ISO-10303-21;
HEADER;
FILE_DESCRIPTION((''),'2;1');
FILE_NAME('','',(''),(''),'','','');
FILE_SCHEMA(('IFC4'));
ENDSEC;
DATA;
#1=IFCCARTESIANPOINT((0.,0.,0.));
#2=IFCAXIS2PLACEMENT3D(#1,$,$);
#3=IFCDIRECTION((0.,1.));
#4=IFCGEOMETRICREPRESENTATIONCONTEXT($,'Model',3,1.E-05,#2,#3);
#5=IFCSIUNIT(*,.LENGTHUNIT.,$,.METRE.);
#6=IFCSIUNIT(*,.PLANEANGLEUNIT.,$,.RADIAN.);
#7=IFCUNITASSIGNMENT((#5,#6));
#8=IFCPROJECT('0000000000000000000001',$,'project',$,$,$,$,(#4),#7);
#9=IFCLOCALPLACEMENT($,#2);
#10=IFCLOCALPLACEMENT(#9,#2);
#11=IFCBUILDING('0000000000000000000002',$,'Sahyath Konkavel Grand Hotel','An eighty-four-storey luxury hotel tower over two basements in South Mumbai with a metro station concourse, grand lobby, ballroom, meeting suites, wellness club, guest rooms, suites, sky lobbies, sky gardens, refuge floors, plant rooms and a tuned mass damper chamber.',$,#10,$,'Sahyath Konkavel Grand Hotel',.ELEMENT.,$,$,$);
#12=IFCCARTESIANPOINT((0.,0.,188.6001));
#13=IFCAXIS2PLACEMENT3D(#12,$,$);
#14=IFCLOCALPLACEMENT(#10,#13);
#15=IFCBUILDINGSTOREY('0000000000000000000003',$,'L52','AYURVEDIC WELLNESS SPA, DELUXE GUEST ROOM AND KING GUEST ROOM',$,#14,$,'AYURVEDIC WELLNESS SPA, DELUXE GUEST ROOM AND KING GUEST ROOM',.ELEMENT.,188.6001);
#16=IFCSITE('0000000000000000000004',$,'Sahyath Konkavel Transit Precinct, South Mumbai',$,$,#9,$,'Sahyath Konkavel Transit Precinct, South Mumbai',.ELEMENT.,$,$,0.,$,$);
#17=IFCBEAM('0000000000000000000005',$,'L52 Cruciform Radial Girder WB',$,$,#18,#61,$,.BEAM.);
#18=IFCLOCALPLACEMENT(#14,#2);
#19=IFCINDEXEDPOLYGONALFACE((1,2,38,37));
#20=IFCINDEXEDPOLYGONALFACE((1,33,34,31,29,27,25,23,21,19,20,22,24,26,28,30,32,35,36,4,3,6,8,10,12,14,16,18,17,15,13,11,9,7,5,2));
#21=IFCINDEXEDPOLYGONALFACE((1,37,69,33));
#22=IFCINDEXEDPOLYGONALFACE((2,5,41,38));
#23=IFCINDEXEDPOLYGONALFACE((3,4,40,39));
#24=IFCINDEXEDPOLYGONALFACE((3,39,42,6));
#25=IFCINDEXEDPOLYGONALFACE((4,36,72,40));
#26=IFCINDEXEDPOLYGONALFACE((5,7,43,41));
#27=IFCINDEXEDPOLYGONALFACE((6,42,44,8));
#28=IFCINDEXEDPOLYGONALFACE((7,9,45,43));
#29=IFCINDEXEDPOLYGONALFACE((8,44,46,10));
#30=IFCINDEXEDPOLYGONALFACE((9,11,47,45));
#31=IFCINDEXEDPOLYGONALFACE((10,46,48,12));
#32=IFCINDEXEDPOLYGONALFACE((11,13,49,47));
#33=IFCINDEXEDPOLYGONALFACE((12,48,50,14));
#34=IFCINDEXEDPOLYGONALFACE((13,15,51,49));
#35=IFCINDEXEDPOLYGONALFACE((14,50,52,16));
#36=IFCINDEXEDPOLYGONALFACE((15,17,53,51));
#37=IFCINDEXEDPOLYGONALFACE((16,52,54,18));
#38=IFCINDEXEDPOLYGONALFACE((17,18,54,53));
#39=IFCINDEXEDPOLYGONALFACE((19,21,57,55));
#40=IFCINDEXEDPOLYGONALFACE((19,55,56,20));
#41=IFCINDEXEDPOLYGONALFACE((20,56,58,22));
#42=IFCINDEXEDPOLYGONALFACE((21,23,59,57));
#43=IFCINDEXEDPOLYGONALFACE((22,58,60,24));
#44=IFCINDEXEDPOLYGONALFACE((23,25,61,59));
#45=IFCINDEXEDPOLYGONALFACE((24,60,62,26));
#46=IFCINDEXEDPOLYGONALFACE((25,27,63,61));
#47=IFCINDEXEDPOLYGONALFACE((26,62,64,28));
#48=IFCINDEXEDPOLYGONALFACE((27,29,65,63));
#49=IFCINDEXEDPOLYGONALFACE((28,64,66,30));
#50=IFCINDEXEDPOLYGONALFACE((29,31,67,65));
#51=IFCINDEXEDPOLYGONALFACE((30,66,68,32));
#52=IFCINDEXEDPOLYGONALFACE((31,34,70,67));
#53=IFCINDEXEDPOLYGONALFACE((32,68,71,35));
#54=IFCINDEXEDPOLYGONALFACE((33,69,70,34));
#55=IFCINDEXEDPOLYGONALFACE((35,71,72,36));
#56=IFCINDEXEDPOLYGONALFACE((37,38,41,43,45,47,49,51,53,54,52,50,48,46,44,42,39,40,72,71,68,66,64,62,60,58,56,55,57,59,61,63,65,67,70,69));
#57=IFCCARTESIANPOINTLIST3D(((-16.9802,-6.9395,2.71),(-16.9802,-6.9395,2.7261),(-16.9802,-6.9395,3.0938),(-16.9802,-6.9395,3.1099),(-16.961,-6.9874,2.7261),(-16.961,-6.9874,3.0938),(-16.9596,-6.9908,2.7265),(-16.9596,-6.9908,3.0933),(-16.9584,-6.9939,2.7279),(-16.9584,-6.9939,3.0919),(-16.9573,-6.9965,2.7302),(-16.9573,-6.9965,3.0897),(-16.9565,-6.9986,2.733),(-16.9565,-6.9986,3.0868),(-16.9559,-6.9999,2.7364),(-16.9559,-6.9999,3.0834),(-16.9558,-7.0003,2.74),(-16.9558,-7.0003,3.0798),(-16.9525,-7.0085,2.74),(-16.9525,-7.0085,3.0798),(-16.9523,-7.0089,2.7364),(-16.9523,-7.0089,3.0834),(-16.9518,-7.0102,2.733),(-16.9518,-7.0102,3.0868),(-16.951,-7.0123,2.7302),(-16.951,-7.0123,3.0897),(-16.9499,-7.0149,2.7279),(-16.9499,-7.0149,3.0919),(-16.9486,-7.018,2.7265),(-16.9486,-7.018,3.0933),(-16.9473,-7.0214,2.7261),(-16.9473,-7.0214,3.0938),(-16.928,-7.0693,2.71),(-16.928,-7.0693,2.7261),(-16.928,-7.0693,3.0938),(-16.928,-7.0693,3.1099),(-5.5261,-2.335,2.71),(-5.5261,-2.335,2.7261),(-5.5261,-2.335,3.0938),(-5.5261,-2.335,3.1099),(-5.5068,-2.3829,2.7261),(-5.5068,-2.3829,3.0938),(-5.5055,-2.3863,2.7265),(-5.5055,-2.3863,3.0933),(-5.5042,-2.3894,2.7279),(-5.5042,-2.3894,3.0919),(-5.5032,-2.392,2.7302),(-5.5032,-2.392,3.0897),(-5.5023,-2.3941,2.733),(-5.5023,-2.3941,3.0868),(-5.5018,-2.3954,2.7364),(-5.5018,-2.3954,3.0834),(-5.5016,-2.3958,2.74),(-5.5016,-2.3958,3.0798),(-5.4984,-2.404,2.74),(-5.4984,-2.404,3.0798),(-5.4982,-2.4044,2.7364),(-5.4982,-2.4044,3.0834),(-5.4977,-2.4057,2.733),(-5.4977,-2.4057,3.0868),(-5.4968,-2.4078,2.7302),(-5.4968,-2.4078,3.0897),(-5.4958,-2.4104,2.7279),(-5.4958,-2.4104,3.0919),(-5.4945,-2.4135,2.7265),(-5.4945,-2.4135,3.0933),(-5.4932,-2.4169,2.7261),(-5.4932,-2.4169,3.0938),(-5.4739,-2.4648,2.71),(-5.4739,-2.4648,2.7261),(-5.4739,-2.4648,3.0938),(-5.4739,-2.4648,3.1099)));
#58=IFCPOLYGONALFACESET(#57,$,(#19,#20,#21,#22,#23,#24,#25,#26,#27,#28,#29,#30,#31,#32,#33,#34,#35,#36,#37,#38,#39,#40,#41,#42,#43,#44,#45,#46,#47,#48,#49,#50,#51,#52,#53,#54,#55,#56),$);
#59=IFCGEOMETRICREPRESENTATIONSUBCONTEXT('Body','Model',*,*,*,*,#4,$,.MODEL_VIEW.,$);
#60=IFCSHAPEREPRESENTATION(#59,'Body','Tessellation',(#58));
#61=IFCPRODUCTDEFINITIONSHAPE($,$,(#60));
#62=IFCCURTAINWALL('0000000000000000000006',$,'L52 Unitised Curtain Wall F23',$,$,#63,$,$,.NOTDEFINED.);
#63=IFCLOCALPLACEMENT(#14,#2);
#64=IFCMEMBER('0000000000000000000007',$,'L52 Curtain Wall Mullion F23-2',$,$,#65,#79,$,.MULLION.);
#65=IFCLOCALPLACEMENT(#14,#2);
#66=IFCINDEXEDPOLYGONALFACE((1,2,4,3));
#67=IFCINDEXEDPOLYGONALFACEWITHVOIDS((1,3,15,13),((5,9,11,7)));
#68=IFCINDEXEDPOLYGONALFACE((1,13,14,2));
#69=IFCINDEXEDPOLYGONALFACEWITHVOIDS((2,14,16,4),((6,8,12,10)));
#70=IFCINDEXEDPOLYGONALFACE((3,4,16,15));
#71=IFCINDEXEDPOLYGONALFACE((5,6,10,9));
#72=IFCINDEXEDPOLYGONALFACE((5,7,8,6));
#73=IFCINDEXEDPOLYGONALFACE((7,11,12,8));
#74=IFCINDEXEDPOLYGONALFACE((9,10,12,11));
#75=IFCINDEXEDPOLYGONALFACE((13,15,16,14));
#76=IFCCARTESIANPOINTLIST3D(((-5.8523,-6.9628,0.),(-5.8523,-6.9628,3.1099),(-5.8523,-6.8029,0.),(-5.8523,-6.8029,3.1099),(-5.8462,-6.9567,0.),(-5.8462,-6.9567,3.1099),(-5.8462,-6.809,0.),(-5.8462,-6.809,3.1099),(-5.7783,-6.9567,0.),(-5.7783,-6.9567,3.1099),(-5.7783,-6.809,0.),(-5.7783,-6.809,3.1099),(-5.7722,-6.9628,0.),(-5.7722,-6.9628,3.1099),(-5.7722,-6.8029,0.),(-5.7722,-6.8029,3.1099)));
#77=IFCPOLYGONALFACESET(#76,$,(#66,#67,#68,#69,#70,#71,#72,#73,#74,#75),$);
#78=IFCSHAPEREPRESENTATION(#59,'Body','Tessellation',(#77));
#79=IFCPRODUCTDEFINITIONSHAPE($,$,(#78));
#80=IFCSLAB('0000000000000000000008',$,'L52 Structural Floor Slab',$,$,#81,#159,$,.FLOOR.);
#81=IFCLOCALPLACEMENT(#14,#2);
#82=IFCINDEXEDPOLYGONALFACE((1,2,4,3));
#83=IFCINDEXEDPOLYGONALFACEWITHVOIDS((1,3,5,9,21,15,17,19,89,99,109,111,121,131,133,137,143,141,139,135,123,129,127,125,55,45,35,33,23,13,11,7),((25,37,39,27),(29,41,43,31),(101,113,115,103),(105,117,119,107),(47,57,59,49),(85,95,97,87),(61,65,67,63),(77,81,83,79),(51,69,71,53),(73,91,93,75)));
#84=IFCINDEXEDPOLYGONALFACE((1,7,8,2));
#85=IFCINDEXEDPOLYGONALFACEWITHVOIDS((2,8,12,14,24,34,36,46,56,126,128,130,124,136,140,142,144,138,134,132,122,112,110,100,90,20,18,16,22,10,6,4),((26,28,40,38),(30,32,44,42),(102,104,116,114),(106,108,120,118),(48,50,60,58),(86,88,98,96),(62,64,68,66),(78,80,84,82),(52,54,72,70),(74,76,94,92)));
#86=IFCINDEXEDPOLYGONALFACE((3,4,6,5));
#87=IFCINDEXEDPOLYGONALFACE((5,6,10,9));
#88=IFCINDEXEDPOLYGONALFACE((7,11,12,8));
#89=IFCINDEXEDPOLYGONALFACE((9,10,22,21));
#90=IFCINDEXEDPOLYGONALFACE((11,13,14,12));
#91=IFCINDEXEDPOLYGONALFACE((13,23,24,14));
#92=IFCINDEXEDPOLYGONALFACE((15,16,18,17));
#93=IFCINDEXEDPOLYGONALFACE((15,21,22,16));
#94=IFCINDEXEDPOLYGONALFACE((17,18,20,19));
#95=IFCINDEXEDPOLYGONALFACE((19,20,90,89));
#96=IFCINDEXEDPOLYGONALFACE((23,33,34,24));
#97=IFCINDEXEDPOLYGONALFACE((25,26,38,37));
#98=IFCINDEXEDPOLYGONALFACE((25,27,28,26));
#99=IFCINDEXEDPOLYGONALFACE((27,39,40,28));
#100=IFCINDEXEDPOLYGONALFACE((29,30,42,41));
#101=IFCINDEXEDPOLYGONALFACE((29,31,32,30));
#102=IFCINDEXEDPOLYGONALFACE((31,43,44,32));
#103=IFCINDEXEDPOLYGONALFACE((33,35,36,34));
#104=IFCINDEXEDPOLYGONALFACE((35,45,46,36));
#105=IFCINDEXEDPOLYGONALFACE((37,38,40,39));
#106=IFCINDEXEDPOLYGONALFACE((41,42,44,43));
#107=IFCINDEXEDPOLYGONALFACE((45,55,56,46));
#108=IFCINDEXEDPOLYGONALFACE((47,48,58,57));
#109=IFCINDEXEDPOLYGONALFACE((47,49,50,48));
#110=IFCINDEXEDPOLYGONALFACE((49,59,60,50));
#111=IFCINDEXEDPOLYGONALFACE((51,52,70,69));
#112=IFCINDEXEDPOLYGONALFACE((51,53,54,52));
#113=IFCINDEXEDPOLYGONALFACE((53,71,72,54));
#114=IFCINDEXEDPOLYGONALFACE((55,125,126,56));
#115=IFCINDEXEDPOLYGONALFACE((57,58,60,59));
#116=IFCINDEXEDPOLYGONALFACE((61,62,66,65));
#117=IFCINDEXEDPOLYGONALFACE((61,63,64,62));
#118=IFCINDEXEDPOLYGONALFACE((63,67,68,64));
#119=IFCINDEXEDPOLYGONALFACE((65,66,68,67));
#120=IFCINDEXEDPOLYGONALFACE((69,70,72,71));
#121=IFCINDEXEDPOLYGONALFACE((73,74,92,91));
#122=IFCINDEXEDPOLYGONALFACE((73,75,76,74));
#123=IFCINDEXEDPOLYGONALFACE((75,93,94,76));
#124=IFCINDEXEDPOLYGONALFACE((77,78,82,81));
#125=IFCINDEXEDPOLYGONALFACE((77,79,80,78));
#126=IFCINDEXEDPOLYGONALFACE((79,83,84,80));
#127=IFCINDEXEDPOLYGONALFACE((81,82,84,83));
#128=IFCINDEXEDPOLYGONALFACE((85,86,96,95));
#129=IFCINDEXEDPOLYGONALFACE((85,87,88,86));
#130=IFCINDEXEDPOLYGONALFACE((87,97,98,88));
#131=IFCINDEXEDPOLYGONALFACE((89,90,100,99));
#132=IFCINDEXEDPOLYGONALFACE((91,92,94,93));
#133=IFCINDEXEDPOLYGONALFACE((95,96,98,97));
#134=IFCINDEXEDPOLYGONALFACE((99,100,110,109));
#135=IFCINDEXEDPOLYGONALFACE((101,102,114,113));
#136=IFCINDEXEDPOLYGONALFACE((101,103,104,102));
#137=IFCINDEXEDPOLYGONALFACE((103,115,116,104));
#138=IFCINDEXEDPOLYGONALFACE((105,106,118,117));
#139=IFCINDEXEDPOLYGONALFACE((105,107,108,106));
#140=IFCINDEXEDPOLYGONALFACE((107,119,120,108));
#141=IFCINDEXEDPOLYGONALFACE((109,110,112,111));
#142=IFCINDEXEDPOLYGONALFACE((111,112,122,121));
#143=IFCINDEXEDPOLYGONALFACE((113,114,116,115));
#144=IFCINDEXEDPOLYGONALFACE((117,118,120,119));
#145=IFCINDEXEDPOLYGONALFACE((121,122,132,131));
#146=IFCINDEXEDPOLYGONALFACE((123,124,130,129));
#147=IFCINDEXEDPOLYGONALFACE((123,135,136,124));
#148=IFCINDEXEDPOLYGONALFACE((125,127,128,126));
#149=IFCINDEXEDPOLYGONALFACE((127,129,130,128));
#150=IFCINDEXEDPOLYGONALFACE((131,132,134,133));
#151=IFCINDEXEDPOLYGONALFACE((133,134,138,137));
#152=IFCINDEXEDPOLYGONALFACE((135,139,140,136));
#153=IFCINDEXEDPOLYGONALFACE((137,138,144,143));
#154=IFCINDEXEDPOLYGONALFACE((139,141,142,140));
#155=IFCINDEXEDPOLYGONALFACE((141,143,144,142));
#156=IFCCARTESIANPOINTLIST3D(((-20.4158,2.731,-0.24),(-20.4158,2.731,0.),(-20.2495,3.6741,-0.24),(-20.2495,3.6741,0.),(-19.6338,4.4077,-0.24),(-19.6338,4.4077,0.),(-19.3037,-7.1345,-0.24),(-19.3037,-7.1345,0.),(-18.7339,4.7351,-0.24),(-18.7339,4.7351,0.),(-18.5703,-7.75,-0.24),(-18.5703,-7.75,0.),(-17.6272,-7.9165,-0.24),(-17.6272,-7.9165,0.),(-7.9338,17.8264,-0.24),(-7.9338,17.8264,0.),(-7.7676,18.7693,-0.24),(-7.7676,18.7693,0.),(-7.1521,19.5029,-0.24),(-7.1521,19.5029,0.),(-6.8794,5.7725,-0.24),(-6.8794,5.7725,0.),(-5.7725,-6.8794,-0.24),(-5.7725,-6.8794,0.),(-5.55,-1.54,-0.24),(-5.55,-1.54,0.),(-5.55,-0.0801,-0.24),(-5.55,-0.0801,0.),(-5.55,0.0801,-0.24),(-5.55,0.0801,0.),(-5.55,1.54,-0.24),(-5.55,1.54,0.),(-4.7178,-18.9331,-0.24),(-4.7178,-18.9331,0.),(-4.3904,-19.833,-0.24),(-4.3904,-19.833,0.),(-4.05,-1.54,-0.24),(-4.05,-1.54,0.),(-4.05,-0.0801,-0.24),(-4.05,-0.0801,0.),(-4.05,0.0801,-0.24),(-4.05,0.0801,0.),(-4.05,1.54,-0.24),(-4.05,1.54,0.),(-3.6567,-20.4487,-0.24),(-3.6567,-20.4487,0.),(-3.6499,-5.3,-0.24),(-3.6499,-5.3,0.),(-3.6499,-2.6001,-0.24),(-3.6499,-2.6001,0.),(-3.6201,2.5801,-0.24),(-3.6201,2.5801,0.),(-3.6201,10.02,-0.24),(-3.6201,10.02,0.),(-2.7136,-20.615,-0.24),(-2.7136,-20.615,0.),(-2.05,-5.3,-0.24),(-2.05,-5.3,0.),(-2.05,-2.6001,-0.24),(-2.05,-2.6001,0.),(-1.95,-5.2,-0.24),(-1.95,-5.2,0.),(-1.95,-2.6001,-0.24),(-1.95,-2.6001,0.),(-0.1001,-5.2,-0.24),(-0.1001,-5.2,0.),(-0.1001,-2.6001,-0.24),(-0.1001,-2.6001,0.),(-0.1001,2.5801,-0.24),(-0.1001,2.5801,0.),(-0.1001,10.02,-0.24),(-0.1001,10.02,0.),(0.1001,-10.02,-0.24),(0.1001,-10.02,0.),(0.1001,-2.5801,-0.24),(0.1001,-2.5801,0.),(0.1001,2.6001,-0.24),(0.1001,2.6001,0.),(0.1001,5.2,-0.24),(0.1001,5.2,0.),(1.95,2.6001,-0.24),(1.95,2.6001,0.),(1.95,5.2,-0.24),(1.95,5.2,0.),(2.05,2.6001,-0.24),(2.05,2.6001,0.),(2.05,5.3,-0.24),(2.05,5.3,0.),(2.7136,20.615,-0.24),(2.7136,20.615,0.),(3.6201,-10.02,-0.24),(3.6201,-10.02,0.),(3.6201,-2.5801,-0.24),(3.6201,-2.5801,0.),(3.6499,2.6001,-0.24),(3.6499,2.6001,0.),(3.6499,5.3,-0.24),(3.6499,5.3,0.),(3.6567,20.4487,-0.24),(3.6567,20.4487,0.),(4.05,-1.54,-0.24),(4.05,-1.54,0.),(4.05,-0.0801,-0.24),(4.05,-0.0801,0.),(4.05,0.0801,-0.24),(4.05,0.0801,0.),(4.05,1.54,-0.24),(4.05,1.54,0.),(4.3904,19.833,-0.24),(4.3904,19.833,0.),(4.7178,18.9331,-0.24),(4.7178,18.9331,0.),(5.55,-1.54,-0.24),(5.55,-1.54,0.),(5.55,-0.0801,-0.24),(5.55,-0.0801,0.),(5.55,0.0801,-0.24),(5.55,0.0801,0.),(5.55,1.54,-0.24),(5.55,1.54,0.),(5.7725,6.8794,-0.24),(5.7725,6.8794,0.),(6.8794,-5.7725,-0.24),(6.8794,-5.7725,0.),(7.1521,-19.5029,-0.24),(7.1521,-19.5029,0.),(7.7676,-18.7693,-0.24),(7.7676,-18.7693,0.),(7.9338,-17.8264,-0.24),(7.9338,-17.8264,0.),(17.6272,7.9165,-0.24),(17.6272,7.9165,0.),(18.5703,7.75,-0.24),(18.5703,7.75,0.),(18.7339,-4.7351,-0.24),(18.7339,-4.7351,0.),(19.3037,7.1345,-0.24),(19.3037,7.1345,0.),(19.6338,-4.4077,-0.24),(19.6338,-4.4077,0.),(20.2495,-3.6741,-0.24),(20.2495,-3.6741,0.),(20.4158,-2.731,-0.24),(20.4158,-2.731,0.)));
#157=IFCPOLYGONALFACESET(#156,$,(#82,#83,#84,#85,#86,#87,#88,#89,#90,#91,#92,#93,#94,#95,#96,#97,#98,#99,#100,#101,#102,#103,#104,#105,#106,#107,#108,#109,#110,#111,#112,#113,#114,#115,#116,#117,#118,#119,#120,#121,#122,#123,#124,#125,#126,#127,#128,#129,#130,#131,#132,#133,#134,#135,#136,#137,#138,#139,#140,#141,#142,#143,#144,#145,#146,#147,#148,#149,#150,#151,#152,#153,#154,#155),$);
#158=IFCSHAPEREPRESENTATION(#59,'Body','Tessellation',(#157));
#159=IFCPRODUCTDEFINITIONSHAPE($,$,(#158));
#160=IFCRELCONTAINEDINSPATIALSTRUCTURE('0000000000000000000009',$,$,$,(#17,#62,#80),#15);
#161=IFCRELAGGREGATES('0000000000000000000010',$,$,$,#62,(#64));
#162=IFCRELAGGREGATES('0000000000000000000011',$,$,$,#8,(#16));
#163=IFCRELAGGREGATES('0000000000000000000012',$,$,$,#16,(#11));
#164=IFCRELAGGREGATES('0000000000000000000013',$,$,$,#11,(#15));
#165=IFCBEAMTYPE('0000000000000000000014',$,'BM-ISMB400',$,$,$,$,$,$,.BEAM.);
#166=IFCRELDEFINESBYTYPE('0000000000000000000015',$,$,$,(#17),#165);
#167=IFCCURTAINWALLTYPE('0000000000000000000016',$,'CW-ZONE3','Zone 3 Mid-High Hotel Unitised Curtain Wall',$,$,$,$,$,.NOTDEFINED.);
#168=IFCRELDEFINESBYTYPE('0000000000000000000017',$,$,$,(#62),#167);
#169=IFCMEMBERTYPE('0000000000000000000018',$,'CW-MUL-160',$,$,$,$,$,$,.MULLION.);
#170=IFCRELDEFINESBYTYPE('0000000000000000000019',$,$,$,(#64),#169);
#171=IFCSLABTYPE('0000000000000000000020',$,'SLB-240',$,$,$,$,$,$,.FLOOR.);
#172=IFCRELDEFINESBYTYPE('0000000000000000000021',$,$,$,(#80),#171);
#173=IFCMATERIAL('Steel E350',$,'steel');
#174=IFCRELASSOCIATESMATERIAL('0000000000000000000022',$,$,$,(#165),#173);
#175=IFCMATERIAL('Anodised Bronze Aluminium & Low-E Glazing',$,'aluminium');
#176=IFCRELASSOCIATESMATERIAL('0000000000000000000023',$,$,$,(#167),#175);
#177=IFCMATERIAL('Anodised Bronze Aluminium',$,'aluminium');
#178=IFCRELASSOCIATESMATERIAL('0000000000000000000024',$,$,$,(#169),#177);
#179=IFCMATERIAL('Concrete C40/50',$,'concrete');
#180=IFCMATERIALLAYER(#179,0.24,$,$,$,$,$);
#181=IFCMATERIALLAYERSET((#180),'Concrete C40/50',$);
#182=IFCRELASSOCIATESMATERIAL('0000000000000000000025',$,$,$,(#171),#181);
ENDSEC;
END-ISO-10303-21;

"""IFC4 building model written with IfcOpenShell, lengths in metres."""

from ifc_helpers import new_model, si_unit, direction, frame, origin, origin_2d, place, context, subcontext, project, spatial, polyline, hollow_rectangle, i_section, outline, extrude, source, transform, mapped, material, layer, layer_set, material_profile, profile_set, type_object, element, aggregate, save


model = new_model("IFC4")

# Units and contexts
model_context = context("Model", 3, precision=1e-05, world=origin(), true_north=direction((0.0, 1.0)))
body_context = subcontext(model_context, "Body", "Model", "MODEL_VIEW")
ifc_project = project(units=[si_unit("LENGTHUNIT", "METRE"), si_unit("PLANEANGLEUNIT", "RADIAN")], contexts=[model_context])

# Site, building, storey
site_placement = place(None, origin())
site = spatial("IfcSite", under=ifc_project, at=site_placement, Name="Sahyath Konkavel Transit Precinct, South Mumbai", LongName="Sahyath Konkavel Transit Precinct, South Mumbai", CompositionType="ELEMENT", RefElevation=0.0)
building_placement = place(site_placement, origin())
building = spatial("IfcBuilding", under=site, at=building_placement, Name="Sahyath Konkavel Grand Hotel", Description="An eighty-four-storey luxury hotel tower over two basements in South Mumbai with a metro station concourse, grand lobby, ballroom, meeting suites, wellness club, guest rooms, suites, sky lobbies, sky gardens, refuge floors, plant rooms and a tuned mass damper chamber.", LongName="Sahyath Konkavel Grand Hotel", CompositionType="ELEMENT")
storey_placement = place(building_placement, frame((0.0, 0.0, 188.6001)))
storey = spatial("IfcBuildingStorey", under=building, at=storey_placement, Name="L52", Description="AYURVEDIC WELLNESS SPA, DELUXE GUEST ROOM AND KING GUEST ROOM", LongName="AYURVEDIC WELLNESS SPA, DELUXE GUEST ROOM AND KING GUEST ROOM", CompositionType="ELEMENT", Elevation=188.6001)

# Beam
ifc_material_1 = material(Name="Steel E350", Category="steel")
ifc_material_profile_1 = material_profile(ifc_material_1, i_section(OverallWidth=0.1399, OverallDepth=0.3999, WebThickness=0.0088, FlangeThickness=0.0161, FilletRadius=0.0139, at=origin_2d()), Name="ISMB 400")
ifc_profile_set_1 = profile_set([ifc_material_profile_1], Name="Steel E350")
beam_type_1 = type_object("IfcBeamType", Name="BM-ISMB400", PredefinedType="BEAM", material=ifc_profile_set_1)
shared_shape_1 = source(origin(), body_context, "Body", "SweptSolid", [
    extrude(i_section(OverallWidth=0.1399, OverallDepth=0.3999, WebThickness=0.0088, FlangeThickness=0.0161, FilletRadius=0.0139, at=origin_2d()), origin(), (0.0, 0.0, 1.0), 12.345),
])
beam_1_placement = place(storey_placement, frame((-5.5, -2.3999, 2.9099), z_axis=(-0.927837, -0.372986, 0.0), x_axis=(0.372986, -0.927837, 0.0)))
element("IfcBeam", 1, at=beam_1_placement, inside=storey, type_object=beam_type_1, Name="L52 Cruciform Radial Girder WB", PredefinedType="BEAM", context=body_context, shape_type="MappedRepresentation", body=[
    mapped(shared_shape_1, transform((0.0, 0.0, 0.0), scale=1.0)),
])

# Curtain wall, member
ifc_material_2 = material(Name="Anodised Bronze Aluminium & Low-E Glazing", Category="aluminium")
curtain_wall_type = type_object("IfcCurtainWallType", Name="CW-ZONE3", Description="Zone 3 Mid-High Hotel Unitised Curtain Wall", PredefinedType="NOTDEFINED", material=ifc_material_2)
curtain_wall_placement = place(storey_placement, origin())
curtain_wall = element("IfcCurtainWall", 2, at=curtain_wall_placement, inside=storey, type_object=curtain_wall_type, Name="L52 Unitised Curtain Wall F23", PredefinedType="NOTDEFINED")
ifc_material_3 = material(Name="Anodised Bronze Aluminium", Category="aluminium")
ifc_material_profile_2 = material_profile(ifc_material_3, hollow_rectangle(XDim=0.0801, YDim=0.1599, WallThickness=0.0061, at=origin_2d()), Name="RHS 160x80x6")
ifc_profile_set_2 = profile_set([ifc_material_profile_2], Name="Anodised Bronze Aluminium")
member_type = type_object("IfcMemberType", Name="CW-MUL-160", PredefinedType="MULLION", material=ifc_profile_set_2)
shared_shape_2 = source(origin(), body_context, "Body", "SweptSolid", [
    extrude(hollow_rectangle(XDim=0.0801, YDim=0.1599, WallThickness=0.0061, at=origin_2d()), origin(), (0.0, 0.0, 1.0), 3.1099),
])
member_placement = place(storey_placement, frame((-5.8123, -6.8828, 0.0), z_axis=(0.0, 0.0, 1.0), x_axis=(1.0, 0.0, 0.0)))
member = element("IfcMember", 3, at=member_placement, type_object=member_type, Name="L52 Curtain Wall Mullion F23-2", PredefinedType="MULLION", context=body_context, shape_type="MappedRepresentation", body=[
    mapped(shared_shape_2, transform((0.0, 0.0, 0.0), scale=1.0)),
])
aggregate(curtain_wall, [member])

# Slab
ifc_material_4 = material(Name="Concrete C40/50", Category="concrete")
ifc_layer_1 = layer(ifc_material_4, 0.24)
ifc_layer_set_1 = layer_set([ifc_layer_1], Name="Concrete C40/50")
slab_type = type_object("IfcSlabType", Name="SLB-240", PredefinedType="FLOOR", material=ifc_layer_set_1)
slab_placement = place(storey_placement, frame((0.0, 0.0, -0.24)))
element("IfcSlab", 4, at=slab_placement, inside=storey, type_object=slab_type, Name="L52 Structural Floor Slab", PredefinedType="FLOOR", context=body_context, shape_type="SweptSolid", body=[
    extrude(outline(polyline([(6.8794, -5.7725), (18.7339, -4.7351), (19.6338, -4.4077), (20.2495, -3.6741), (20.4158, -2.731), (19.3037, 7.1345), (18.5703, 7.75), (17.6272, 7.9165), (5.7725, 6.8794), (4.7178, 18.9331), (4.3904, 19.833), (3.6567, 20.4487), (2.7136, 20.615), (-7.1521, 19.5029), (-7.7676, 18.7693), (-7.9338, 17.8264), (-6.8794, 5.7725), (-18.7339, 4.7351), (-19.6338, 4.4077), (-20.2495, 3.6741), (-20.4158, 2.731), (-19.3037, -7.1345), (-18.5703, -7.75), (-17.6272, -7.9165), (-5.7725, -6.8794), (-4.7178, -18.9331), (-4.3904, -19.833), (-3.6567, -20.4487), (-2.7136, -20.615), (7.1521, -19.5029), (7.7676, -18.7693), (7.9338, -17.8264), (6.8794, -5.7725)]), holes=[polyline([(-3.6201, 2.5801), (-0.1001, 2.5801), (-0.1001, 10.02), (-3.6201, 10.02), (-3.6201, 2.5801)]), polyline([(0.1001, -10.02), (3.6201, -10.02), (3.6201, -2.5801), (0.1001, -2.5801), (0.1001, -10.02)]), polyline([(0.1001, 2.6001), (1.95, 2.6001), (1.95, 5.2), (0.1001, 5.2), (0.1001, 2.6001)]), polyline([(-1.95, -5.2), (-0.1001, -5.2), (-0.1001, -2.6001), (-1.95, -2.6001), (-1.95, -5.2)]), polyline([(2.05, 2.6001), (3.6499, 2.6001), (3.6499, 5.3), (2.05, 5.3), (2.05, 2.6001)]), polyline([(-3.6499, -5.3), (-2.05, -5.3), (-2.05, -2.6001), (-3.6499, -2.6001), (-3.6499, -5.3)]), polyline([(4.05, 0.0801), (5.55, 0.0801), (5.55, 1.54), (4.05, 1.54), (4.05, 0.0801)]), polyline([(4.05, -1.54), (5.55, -1.54), (5.55, -0.0801), (4.05, -0.0801), (4.05, -1.54)]), polyline([(-5.55, 0.0801), (-4.05, 0.0801), (-4.05, 1.54), (-5.55, 1.54), (-5.55, 0.0801)]), polyline([(-5.55, -1.54), (-4.05, -1.54), (-4.05, -0.0801), (-5.55, -0.0801), (-5.55, -1.54)])]), origin(), (0.0, 0.0, 1.0), 0.24),
])

save(model, "model.ifc")
